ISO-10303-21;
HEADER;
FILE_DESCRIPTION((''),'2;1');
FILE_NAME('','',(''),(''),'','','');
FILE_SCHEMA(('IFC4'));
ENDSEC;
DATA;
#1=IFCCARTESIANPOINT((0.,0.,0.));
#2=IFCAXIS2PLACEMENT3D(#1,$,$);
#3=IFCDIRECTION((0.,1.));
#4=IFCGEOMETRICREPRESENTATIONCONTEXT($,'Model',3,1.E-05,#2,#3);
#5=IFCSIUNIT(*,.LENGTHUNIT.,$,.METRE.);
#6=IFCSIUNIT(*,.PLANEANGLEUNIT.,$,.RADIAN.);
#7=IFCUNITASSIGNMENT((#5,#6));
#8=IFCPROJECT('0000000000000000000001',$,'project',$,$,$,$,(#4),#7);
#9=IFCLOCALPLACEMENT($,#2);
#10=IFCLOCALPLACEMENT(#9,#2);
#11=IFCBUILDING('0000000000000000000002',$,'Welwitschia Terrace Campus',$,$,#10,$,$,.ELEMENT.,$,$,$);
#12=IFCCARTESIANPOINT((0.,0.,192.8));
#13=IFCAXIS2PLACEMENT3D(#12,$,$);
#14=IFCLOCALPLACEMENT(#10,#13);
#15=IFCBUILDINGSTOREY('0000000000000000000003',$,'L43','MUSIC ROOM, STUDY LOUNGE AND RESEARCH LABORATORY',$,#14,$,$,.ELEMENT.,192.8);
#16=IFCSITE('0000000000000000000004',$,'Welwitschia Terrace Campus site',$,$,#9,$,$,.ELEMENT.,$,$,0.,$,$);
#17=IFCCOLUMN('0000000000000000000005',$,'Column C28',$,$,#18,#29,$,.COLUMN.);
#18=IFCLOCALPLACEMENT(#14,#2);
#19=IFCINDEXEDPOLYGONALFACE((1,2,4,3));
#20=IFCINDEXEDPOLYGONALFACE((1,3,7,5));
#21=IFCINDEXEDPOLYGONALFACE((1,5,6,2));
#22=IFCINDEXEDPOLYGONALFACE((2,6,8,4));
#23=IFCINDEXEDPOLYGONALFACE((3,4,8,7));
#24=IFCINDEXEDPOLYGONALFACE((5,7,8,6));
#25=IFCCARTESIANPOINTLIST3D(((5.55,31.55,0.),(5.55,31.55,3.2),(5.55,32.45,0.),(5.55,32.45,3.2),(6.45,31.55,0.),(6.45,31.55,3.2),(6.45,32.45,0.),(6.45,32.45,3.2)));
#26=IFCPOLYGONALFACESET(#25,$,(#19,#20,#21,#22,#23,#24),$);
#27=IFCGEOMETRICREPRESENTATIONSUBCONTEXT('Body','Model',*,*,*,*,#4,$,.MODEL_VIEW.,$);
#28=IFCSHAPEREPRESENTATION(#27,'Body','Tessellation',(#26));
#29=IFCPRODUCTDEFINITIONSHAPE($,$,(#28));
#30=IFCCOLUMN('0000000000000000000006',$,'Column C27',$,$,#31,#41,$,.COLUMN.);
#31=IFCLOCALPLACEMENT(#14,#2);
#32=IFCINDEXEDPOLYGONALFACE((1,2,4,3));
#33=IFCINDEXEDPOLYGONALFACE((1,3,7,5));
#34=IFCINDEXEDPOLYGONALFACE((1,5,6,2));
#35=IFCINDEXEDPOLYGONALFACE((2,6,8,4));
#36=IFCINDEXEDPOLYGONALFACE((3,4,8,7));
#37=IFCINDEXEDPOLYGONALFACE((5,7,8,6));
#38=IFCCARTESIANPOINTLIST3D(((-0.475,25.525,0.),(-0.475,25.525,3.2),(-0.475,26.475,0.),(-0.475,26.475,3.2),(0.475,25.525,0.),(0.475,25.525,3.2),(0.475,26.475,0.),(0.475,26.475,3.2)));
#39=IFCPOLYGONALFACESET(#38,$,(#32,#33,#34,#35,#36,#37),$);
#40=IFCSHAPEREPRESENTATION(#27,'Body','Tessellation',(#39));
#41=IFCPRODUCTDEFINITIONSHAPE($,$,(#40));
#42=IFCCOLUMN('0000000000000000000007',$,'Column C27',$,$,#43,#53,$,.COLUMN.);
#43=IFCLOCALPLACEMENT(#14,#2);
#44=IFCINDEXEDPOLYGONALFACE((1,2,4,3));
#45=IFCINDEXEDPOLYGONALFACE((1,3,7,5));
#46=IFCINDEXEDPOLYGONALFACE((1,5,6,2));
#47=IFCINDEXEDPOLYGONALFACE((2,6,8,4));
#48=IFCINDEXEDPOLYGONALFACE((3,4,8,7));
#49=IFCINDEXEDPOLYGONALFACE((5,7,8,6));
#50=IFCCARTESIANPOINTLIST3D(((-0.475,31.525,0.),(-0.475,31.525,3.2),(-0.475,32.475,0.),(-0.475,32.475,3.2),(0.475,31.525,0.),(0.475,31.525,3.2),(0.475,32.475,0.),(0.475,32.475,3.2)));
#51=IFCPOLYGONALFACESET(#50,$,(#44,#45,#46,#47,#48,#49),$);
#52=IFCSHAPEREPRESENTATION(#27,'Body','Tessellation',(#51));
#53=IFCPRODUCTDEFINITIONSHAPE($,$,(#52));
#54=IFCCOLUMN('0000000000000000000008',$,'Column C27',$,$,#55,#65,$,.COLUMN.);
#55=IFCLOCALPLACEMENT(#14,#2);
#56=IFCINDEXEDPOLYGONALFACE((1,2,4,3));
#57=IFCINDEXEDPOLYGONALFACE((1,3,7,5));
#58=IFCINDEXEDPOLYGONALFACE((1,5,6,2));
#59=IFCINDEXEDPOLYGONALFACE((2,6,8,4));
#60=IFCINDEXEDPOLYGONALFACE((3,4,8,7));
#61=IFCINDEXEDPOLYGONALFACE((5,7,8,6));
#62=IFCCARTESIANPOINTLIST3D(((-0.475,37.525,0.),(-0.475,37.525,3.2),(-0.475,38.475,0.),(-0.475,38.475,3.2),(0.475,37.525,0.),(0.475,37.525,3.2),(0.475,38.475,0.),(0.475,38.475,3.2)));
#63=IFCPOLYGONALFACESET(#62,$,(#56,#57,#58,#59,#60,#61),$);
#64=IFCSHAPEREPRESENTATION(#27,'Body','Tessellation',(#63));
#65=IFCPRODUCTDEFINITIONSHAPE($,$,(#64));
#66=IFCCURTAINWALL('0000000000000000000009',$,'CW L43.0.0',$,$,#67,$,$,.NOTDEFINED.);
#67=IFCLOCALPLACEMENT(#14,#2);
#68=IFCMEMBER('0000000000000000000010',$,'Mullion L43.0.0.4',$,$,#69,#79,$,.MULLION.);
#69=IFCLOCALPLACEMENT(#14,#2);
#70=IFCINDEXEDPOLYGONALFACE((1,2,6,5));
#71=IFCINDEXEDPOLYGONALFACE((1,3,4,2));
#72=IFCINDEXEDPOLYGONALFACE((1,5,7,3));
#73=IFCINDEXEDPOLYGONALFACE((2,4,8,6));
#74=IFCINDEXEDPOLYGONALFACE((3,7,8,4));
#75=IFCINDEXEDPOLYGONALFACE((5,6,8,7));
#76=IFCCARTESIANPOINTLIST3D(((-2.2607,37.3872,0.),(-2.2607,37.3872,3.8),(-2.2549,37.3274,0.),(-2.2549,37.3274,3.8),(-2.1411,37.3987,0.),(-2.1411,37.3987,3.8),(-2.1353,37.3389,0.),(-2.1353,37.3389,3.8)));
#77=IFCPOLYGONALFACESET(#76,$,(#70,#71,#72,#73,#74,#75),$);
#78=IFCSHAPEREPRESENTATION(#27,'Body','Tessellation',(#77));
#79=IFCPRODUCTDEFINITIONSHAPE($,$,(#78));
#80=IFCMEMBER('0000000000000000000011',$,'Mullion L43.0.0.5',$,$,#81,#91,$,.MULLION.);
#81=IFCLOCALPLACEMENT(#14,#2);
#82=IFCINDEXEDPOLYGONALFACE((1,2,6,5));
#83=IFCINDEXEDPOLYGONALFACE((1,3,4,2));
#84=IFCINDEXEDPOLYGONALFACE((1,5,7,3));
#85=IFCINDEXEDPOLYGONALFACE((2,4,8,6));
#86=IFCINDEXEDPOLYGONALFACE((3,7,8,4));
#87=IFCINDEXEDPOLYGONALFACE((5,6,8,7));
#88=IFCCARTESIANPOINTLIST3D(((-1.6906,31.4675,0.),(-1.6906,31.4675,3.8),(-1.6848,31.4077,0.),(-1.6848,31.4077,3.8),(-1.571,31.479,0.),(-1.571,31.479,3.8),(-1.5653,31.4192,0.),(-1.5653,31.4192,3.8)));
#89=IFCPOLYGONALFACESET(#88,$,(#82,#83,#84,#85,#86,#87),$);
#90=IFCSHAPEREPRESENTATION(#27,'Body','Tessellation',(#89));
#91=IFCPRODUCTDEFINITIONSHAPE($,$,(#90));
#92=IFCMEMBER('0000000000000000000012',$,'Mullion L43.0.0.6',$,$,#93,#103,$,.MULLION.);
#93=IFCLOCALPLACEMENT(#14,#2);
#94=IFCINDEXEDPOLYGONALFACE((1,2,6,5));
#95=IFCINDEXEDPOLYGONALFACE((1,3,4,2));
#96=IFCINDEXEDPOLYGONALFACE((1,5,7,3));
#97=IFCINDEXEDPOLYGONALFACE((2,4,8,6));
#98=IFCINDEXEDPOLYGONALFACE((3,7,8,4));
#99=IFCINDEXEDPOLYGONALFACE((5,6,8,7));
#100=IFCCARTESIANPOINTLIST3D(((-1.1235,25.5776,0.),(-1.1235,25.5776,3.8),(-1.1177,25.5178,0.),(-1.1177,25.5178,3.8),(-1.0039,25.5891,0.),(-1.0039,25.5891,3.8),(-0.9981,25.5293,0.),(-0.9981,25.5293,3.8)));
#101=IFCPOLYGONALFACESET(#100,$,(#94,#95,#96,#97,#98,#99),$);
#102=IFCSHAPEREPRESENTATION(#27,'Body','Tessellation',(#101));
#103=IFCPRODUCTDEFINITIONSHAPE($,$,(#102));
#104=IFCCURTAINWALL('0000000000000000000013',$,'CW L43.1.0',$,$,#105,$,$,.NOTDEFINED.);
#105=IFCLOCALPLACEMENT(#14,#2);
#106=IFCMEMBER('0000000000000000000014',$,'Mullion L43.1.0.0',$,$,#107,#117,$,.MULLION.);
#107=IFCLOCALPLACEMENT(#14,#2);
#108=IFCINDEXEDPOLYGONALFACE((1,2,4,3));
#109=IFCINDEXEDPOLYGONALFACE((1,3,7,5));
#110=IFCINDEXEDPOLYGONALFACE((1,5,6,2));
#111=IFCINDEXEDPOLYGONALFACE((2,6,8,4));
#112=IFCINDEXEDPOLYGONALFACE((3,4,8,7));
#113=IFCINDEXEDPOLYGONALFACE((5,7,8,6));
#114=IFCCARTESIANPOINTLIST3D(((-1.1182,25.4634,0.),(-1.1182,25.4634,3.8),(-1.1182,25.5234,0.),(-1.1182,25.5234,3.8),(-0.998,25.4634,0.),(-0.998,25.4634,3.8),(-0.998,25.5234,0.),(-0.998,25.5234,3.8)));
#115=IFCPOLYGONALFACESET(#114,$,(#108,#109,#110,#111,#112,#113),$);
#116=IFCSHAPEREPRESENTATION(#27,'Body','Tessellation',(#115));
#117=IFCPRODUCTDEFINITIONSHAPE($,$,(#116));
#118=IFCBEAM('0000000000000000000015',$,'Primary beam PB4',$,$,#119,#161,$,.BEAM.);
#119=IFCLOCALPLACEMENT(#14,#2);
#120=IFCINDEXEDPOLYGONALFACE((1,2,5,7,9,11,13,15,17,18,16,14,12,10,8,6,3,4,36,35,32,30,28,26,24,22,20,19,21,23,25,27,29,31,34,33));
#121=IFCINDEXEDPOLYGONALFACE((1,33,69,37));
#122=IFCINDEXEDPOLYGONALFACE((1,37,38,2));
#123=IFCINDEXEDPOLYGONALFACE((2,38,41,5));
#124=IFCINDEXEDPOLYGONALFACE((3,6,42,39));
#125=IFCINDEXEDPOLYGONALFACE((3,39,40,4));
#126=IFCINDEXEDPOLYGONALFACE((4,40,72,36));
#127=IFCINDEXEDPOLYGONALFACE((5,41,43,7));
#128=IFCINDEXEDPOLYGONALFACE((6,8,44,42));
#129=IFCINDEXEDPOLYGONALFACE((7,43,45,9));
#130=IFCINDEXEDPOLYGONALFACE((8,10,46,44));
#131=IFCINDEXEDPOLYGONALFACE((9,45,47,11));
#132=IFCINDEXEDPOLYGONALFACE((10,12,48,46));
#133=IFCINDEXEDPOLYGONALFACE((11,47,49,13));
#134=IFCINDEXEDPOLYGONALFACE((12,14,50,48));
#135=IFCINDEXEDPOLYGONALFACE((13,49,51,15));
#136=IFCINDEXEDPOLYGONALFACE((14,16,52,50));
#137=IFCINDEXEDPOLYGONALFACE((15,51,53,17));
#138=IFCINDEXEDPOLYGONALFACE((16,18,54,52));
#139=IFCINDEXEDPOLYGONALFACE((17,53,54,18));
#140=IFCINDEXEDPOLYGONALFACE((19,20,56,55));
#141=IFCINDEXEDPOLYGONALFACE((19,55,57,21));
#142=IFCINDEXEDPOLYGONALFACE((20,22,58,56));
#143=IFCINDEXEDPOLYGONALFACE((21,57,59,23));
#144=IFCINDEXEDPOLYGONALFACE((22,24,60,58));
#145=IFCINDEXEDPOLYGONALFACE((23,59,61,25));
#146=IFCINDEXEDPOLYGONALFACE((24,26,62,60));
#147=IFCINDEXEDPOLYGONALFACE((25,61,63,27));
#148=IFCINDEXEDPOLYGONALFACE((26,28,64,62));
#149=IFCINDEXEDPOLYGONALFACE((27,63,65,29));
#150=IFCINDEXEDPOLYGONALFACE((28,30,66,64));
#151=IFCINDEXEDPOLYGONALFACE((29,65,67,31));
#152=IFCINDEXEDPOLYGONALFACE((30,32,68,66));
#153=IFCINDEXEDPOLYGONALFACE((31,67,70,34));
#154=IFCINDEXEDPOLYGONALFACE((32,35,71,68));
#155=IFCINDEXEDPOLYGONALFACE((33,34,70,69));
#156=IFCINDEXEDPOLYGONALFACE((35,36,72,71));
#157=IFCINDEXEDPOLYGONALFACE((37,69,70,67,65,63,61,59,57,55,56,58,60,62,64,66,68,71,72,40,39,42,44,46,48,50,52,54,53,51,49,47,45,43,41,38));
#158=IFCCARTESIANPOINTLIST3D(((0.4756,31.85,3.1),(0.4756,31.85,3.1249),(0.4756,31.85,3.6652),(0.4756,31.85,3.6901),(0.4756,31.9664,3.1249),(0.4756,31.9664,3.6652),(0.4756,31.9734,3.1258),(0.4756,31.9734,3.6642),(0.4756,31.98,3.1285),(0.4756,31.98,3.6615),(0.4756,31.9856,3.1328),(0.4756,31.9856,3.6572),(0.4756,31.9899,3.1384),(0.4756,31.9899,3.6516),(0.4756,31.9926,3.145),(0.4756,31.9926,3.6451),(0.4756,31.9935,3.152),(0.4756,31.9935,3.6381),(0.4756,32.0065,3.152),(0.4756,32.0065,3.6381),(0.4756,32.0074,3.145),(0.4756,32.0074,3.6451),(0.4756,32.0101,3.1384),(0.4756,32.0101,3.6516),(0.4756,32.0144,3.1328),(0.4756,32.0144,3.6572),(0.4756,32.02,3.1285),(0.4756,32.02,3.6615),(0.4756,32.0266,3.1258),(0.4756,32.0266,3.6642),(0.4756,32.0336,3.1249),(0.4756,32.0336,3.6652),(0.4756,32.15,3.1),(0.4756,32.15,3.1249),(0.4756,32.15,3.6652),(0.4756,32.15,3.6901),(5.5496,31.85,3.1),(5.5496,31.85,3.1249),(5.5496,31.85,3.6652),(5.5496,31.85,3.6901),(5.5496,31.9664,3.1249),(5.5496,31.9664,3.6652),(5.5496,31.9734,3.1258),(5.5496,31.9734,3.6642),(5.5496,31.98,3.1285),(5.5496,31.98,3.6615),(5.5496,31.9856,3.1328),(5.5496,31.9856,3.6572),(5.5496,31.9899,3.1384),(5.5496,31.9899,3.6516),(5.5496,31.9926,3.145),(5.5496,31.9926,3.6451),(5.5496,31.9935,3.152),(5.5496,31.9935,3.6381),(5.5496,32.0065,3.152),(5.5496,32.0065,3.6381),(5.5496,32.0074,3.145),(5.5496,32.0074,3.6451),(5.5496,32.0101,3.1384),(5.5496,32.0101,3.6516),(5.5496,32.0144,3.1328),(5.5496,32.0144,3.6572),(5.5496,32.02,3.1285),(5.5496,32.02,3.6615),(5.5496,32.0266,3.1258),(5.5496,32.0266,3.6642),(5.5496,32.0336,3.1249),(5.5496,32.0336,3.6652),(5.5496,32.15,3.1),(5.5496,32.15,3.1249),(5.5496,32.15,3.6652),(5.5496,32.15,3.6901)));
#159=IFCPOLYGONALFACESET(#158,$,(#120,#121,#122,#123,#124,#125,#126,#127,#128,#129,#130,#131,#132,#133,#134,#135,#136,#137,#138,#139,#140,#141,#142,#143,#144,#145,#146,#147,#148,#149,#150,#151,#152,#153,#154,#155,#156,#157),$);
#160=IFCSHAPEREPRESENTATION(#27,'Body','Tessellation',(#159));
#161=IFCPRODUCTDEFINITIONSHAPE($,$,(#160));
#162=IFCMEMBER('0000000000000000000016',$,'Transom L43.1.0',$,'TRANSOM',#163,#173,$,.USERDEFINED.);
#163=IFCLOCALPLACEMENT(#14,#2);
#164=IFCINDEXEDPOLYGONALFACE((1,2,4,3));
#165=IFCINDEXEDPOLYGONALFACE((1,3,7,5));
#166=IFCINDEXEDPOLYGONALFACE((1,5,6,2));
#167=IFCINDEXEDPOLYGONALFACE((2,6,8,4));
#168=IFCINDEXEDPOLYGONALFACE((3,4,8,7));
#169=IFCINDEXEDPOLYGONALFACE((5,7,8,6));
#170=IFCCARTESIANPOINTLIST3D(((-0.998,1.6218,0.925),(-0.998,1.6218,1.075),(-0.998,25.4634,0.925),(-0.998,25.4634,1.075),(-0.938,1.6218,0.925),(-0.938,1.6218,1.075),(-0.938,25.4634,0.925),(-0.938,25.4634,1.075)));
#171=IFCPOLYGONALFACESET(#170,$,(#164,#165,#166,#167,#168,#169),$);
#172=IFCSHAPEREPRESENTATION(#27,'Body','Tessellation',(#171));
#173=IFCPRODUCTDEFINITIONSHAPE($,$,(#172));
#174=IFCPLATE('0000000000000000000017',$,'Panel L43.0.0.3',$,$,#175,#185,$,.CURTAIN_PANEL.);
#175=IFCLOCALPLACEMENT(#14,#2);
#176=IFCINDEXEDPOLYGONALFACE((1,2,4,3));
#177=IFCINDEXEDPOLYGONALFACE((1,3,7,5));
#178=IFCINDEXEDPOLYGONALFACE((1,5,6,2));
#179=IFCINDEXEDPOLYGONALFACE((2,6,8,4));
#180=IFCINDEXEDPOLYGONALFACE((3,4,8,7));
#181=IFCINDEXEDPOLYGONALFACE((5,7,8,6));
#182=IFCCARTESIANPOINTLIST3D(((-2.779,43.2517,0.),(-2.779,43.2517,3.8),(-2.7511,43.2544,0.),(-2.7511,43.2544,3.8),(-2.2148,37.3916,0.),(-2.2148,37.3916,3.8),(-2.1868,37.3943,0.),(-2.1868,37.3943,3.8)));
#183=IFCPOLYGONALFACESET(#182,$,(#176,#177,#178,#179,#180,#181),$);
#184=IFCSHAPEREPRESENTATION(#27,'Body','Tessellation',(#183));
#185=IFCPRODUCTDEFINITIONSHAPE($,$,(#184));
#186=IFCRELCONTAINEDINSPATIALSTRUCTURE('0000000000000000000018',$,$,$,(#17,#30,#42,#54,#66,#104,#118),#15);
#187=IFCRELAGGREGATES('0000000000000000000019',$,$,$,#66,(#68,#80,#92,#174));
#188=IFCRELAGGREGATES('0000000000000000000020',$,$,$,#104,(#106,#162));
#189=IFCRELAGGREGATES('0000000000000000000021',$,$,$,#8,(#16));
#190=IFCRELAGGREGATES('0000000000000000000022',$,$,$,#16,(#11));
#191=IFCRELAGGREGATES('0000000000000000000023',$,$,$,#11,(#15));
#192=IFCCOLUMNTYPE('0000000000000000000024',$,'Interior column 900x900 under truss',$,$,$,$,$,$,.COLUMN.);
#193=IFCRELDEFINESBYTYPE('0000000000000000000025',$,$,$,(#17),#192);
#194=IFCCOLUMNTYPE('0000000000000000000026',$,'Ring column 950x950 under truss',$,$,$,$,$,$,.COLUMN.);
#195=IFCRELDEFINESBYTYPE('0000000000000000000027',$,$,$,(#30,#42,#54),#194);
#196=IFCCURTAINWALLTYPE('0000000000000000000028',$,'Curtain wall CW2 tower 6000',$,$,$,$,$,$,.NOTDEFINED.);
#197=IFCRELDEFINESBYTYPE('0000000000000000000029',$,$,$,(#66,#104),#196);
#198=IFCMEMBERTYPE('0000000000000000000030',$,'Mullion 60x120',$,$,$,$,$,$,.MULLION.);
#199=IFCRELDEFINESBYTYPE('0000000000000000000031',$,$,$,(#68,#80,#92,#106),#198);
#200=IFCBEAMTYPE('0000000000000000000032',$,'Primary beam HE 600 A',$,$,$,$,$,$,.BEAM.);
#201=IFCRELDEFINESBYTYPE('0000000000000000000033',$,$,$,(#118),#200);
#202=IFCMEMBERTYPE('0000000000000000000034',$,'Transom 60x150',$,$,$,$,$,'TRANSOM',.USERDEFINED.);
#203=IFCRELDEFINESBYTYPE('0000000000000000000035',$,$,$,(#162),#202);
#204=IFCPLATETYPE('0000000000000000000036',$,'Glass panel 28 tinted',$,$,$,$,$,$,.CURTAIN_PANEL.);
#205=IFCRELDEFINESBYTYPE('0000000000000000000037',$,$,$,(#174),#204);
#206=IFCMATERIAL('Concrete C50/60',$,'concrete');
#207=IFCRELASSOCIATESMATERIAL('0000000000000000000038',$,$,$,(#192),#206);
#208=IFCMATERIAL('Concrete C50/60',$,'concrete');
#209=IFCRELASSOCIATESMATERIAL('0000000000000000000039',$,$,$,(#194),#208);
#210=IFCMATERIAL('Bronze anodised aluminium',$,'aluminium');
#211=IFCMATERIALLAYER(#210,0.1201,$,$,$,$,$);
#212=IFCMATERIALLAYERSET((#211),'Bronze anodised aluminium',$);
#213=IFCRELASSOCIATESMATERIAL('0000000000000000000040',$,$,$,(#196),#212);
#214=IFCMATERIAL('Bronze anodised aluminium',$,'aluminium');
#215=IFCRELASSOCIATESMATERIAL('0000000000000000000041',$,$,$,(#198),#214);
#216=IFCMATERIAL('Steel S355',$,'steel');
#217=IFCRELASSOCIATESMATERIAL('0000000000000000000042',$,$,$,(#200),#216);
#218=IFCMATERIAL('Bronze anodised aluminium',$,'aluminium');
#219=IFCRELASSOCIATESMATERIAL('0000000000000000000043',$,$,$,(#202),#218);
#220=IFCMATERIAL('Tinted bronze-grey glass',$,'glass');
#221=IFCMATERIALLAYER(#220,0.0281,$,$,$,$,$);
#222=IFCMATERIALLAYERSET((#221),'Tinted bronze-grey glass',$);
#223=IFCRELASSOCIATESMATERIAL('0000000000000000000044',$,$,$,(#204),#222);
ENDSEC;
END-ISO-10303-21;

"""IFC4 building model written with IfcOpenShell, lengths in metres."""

from ifc_helpers import new_model, si_unit, direction, frame, origin, origin_2d, place, context, subcontext, project, spatial, rectangle, i_section, extrude, material, layer, layer_set, material_profile, profile_set, type_object, element, aggregate, save


model = new_model("IFC4")

# Units and contexts
model_context = context("Model", 3, precision=1e-05, world=origin(), true_north=direction((0.0, 1.0)))
body_context = subcontext(model_context, "Body", "Model", "MODEL_VIEW")
ifc_project = project(units=[si_unit("LENGTHUNIT", "METRE"), si_unit("PLANEANGLEUNIT", "RADIAN")], contexts=[model_context])

# Site, building, storey
site_placement = place(None, origin())
site = spatial("IfcSite", under=ifc_project, at=site_placement, Name="Welwitschia Terrace Campus site", CompositionType="ELEMENT", RefElevation=0.0)
building_placement = place(site_placement, origin())
building = spatial("IfcBuilding", under=site, at=building_placement, Name="Welwitschia Terrace Campus", CompositionType="ELEMENT")
storey_placement = place(building_placement, frame((0.0, 0.0, 192.8)))
storey = spatial("IfcBuildingStorey", under=building, at=storey_placement, Name="L43", Description="MUSIC ROOM, STUDY LOUNGE AND RESEARCH LABORATORY", CompositionType="ELEMENT", Elevation=192.8)

# Columns
ifc_material_1 = material(Name="Concrete C50/60", Category="concrete")
ifc_material_profile_1 = material_profile(ifc_material_1, rectangle(XDim=0.8999, YDim=0.8999, at=origin_2d()))
ifc_profile_set_1 = profile_set([ifc_material_profile_1], Name="Concrete C50/60")
column_type_1 = type_object("IfcColumnType", Name="Interior column 900x900 under truss", PredefinedType="COLUMN", material=ifc_profile_set_1)
column_placement = place(storey_placement, frame((6.0, 32.0, 0.0), z_axis=(0.0, 0.0, 1.0), x_axis=(1.0, 0.0, 0.0)))
element("IfcColumn", 1, at=column_placement, inside=storey, type_object=column_type_1, Name="Column C28", PredefinedType="COLUMN", context=body_context, shape_type="SweptSolid", body=[
    extrude(rectangle(XDim=0.8999, YDim=0.8999, at=origin_2d()), origin(), (0.0, 0.0, 1.0), 3.2),
])
ifc_material_2 = material(Name="Concrete C50/60", Category="concrete")
ifc_material_profile_2 = material_profile(ifc_material_2, rectangle(XDim=0.95, YDim=0.95, at=origin_2d()))
ifc_profile_set_2 = profile_set([ifc_material_profile_2], Name="Concrete C50/60")
column_type_2 = type_object("IfcColumnType", Name="Ring column 950x950 under truss", PredefinedType="COLUMN", material=ifc_profile_set_2)
for number, where, z_axis, x_axis, name in (
    (2, (0.0, 26.0, 0.0), (0.0, 0.0, 1.0), (1.0, 0.0, 0.0), "Column C27"),
    (3, (0.0, 32.0, 0.0), (0.0, 0.0, 1.0), (1.0, 0.0, 0.0), "Column C27"),
    (4, (0.0, 38.0, 0.0), (0.0, 0.0, 1.0), (1.0, 0.0, 0.0), "Column C27"),
):
    element("IfcColumn", number, at=place(storey_placement, frame(where, z_axis=z_axis, x_axis=x_axis)), inside=storey, type_object=column_type_2, Name=name, PredefinedType="COLUMN", context=body_context, shape_type="SweptSolid", body=[
        extrude(rectangle(XDim=0.95, YDim=0.95, at=origin_2d()), origin(), (0.0, 0.0, 1.0), 3.2),
    ])

# Curtain wall, members
ifc_material_3 = material(Name="Bronze anodised aluminium", Category="aluminium")
ifc_layer_1 = layer(ifc_material_3, 0.1201)
ifc_layer_set_1 = layer_set([ifc_layer_1], Name="Bronze anodised aluminium")
curtain_wall_type = type_object("IfcCurtainWallType", Name="Curtain wall CW2 tower 6000", PredefinedType="NOTDEFINED", material=ifc_layer_set_1)
curtain_wall_1_placement = place(storey_placement, origin())
curtain_wall_1 = element("IfcCurtainWall", 5, at=curtain_wall_1_placement, inside=storey, type_object=curtain_wall_type, Name="CW L43.0.0", PredefinedType="NOTDEFINED")
ifc_material_4 = material(Name="Bronze anodised aluminium", Category="aluminium")
ifc_material_profile_3 = material_profile(ifc_material_4, rectangle(XDim=0.1201, YDim=0.0601, at=origin_2d()))
ifc_profile_set_3 = profile_set([ifc_material_profile_3], Name="Bronze anodised aluminium")
member_type_1 = type_object("IfcMemberType", Name="Mullion 60x120", PredefinedType="MULLION", material=ifc_profile_set_3)
member_1_placement = place(storey_placement, frame((-2.198, 37.363, 0.0), z_axis=(0.0, 0.0, 1.0), x_axis=(0.995396, 0.095846, 0.0)))
member_1 = element("IfcMember", 6, at=member_1_placement, type_object=member_type_1, Name="Mullion L43.0.0.4", PredefinedType="MULLION", context=body_context, shape_type="SweptSolid", body=[
    extrude(rectangle(XDim=0.1201, YDim=0.0601, at=origin_2d()), origin(), (0.0, 0.0, 1.0), 3.8),
])
member_2_placement = place(storey_placement, frame((-1.6279, 31.4434, 0.0), z_axis=(0.0, 0.0, 1.0), x_axis=(0.995396, 0.095846, 0.0)))
member_2 = element("IfcMember", 7, at=member_2_placement, type_object=member_type_1, Name="Mullion L43.0.0.5", PredefinedType="MULLION", context=body_context, shape_type="SweptSolid", body=[
    extrude(rectangle(XDim=0.1201, YDim=0.0601, at=origin_2d()), origin(), (0.0, 0.0, 1.0), 3.8),
])
member_3_placement = place(storey_placement, frame((-1.0608, 25.5535, 0.0), z_axis=(0.0, 0.0, 1.0), x_axis=(0.995396, 0.095846, 0.0)))
member_3 = element("IfcMember", 8, at=member_3_placement, type_object=member_type_1, Name="Mullion L43.0.0.6", PredefinedType="MULLION", context=body_context, shape_type="SweptSolid", body=[
    extrude(rectangle(XDim=0.1201, YDim=0.0601, at=origin_2d()), origin(), (0.0, 0.0, 1.0), 3.8),
])

# Curtain wall, member
curtain_wall_2_placement = place(storey_placement, origin())
curtain_wall_2 = element("IfcCurtainWall", 9, at=curtain_wall_2_placement, inside=storey, type_object=curtain_wall_type, Name="CW L43.1.0", PredefinedType="NOTDEFINED")
member_4_placement = place(storey_placement, frame((-1.0581, 25.4934, 0.0), z_axis=(0.0, 0.0, 1.0), x_axis=(1.0, 0.0, 0.0)))
member_4 = element("IfcMember", 10, at=member_4_placement, type_object=member_type_1, Name="Mullion L43.1.0.0", PredefinedType="MULLION", context=body_context, shape_type="SweptSolid", body=[
    extrude(rectangle(XDim=0.1201, YDim=0.0601, at=origin_2d()), origin(), (0.0, 0.0, 1.0), 3.8),
])

# Beam
ifc_material_5 = material(Name="Steel S355", Category="steel")
ifc_material_profile_4 = material_profile(ifc_material_5, i_section(OverallWidth=0.3, OverallDepth=0.5901, WebThickness=0.0129, FlangeThickness=0.0249, FilletRadius=0.0271, at=origin_2d()))
ifc_profile_set_4 = profile_set([ifc_material_profile_4], Name="Steel S355")
beam_type = type_object("IfcBeamType", Name="Primary beam HE 600 A", PredefinedType="BEAM", material=ifc_profile_set_4)
beam_placement = place(storey_placement, frame((0.4756, 32.0, 3.395), z_axis=(1.0, 0.0, 0.0), x_axis=(0.0, 1.0, 0.0)))
element("IfcBeam", 11, at=beam_placement, inside=storey, type_object=beam_type, Name="Primary beam PB4", PredefinedType="BEAM", context=body_context, shape_type="SweptSolid", body=[
    extrude(i_section(OverallWidth=0.3, OverallDepth=0.5901, WebThickness=0.0129, FlangeThickness=0.0249, FilletRadius=0.0271, at=origin_2d()), origin(), (0.0, 0.0, 1.0), 5.074),
])

# Member
ifc_material_6 = material(Name="Bronze anodised aluminium", Category="aluminium")
ifc_material_profile_5 = material_profile(ifc_material_6, rectangle(XDim=0.0601, YDim=0.1499, at=origin_2d()))
ifc_profile_set_5 = profile_set([ifc_material_profile_5], Name="Bronze anodised aluminium")
member_type_2 = type_object("IfcMemberType", Name="Transom 60x150", ElementType="TRANSOM", PredefinedType="USERDEFINED", material=ifc_profile_set_5)
member_5_placement = place(storey_placement, frame((-0.968, 25.4634, 1.0), z_axis=(0.0, -1.0, 0.0), x_axis=(1.0, 0.0, 0.0)))
member_5 = element("IfcMember", 12, at=member_5_placement, type_object=member_type_2, Name="Transom L43.1.0", ObjectType="TRANSOM", PredefinedType="USERDEFINED", context=body_context, shape_type="SweptSolid", body=[
    extrude(rectangle(XDim=0.0601, YDim=0.1499, at=origin_2d()), origin(), (0.0, 0.0, 1.0), 23.8416),
])

# Plate
ifc_material_7 = material(Name="Tinted bronze-grey glass", Category="glass")
ifc_layer_2 = layer(ifc_material_7, 0.0281)
ifc_layer_set_2 = layer_set([ifc_layer_2], Name="Tinted bronze-grey glass")
plate_type = type_object("IfcPlateType", Name="Glass panel 28 tinted", PredefinedType="CURTAIN_PANEL", material=ifc_layer_set_2)
plate_1_placement = place(storey_placement, frame((-2.4829, 40.323, 0.0), z_axis=(0.0, 0.0, 1.0), x_axis=(0.095846, -0.995396, 0.0)))
plate_1 = element("IfcPlate", 13, at=plate_1_placement, type_object=plate_type, Name="Panel L43.0.0.3", PredefinedType="CURTAIN_PANEL", context=body_context, shape_type="SweptSolid", body=[
    extrude(rectangle(XDim=5.8872, YDim=0.0281, at=origin_2d()), origin(), (0.0, 0.0, 1.0), 3.8),
])
aggregate(curtain_wall_1, [member_1, member_2, member_3, plate_1])
aggregate(curtain_wall_2, [member_4, member_5])

save(model, "model.ifc")
